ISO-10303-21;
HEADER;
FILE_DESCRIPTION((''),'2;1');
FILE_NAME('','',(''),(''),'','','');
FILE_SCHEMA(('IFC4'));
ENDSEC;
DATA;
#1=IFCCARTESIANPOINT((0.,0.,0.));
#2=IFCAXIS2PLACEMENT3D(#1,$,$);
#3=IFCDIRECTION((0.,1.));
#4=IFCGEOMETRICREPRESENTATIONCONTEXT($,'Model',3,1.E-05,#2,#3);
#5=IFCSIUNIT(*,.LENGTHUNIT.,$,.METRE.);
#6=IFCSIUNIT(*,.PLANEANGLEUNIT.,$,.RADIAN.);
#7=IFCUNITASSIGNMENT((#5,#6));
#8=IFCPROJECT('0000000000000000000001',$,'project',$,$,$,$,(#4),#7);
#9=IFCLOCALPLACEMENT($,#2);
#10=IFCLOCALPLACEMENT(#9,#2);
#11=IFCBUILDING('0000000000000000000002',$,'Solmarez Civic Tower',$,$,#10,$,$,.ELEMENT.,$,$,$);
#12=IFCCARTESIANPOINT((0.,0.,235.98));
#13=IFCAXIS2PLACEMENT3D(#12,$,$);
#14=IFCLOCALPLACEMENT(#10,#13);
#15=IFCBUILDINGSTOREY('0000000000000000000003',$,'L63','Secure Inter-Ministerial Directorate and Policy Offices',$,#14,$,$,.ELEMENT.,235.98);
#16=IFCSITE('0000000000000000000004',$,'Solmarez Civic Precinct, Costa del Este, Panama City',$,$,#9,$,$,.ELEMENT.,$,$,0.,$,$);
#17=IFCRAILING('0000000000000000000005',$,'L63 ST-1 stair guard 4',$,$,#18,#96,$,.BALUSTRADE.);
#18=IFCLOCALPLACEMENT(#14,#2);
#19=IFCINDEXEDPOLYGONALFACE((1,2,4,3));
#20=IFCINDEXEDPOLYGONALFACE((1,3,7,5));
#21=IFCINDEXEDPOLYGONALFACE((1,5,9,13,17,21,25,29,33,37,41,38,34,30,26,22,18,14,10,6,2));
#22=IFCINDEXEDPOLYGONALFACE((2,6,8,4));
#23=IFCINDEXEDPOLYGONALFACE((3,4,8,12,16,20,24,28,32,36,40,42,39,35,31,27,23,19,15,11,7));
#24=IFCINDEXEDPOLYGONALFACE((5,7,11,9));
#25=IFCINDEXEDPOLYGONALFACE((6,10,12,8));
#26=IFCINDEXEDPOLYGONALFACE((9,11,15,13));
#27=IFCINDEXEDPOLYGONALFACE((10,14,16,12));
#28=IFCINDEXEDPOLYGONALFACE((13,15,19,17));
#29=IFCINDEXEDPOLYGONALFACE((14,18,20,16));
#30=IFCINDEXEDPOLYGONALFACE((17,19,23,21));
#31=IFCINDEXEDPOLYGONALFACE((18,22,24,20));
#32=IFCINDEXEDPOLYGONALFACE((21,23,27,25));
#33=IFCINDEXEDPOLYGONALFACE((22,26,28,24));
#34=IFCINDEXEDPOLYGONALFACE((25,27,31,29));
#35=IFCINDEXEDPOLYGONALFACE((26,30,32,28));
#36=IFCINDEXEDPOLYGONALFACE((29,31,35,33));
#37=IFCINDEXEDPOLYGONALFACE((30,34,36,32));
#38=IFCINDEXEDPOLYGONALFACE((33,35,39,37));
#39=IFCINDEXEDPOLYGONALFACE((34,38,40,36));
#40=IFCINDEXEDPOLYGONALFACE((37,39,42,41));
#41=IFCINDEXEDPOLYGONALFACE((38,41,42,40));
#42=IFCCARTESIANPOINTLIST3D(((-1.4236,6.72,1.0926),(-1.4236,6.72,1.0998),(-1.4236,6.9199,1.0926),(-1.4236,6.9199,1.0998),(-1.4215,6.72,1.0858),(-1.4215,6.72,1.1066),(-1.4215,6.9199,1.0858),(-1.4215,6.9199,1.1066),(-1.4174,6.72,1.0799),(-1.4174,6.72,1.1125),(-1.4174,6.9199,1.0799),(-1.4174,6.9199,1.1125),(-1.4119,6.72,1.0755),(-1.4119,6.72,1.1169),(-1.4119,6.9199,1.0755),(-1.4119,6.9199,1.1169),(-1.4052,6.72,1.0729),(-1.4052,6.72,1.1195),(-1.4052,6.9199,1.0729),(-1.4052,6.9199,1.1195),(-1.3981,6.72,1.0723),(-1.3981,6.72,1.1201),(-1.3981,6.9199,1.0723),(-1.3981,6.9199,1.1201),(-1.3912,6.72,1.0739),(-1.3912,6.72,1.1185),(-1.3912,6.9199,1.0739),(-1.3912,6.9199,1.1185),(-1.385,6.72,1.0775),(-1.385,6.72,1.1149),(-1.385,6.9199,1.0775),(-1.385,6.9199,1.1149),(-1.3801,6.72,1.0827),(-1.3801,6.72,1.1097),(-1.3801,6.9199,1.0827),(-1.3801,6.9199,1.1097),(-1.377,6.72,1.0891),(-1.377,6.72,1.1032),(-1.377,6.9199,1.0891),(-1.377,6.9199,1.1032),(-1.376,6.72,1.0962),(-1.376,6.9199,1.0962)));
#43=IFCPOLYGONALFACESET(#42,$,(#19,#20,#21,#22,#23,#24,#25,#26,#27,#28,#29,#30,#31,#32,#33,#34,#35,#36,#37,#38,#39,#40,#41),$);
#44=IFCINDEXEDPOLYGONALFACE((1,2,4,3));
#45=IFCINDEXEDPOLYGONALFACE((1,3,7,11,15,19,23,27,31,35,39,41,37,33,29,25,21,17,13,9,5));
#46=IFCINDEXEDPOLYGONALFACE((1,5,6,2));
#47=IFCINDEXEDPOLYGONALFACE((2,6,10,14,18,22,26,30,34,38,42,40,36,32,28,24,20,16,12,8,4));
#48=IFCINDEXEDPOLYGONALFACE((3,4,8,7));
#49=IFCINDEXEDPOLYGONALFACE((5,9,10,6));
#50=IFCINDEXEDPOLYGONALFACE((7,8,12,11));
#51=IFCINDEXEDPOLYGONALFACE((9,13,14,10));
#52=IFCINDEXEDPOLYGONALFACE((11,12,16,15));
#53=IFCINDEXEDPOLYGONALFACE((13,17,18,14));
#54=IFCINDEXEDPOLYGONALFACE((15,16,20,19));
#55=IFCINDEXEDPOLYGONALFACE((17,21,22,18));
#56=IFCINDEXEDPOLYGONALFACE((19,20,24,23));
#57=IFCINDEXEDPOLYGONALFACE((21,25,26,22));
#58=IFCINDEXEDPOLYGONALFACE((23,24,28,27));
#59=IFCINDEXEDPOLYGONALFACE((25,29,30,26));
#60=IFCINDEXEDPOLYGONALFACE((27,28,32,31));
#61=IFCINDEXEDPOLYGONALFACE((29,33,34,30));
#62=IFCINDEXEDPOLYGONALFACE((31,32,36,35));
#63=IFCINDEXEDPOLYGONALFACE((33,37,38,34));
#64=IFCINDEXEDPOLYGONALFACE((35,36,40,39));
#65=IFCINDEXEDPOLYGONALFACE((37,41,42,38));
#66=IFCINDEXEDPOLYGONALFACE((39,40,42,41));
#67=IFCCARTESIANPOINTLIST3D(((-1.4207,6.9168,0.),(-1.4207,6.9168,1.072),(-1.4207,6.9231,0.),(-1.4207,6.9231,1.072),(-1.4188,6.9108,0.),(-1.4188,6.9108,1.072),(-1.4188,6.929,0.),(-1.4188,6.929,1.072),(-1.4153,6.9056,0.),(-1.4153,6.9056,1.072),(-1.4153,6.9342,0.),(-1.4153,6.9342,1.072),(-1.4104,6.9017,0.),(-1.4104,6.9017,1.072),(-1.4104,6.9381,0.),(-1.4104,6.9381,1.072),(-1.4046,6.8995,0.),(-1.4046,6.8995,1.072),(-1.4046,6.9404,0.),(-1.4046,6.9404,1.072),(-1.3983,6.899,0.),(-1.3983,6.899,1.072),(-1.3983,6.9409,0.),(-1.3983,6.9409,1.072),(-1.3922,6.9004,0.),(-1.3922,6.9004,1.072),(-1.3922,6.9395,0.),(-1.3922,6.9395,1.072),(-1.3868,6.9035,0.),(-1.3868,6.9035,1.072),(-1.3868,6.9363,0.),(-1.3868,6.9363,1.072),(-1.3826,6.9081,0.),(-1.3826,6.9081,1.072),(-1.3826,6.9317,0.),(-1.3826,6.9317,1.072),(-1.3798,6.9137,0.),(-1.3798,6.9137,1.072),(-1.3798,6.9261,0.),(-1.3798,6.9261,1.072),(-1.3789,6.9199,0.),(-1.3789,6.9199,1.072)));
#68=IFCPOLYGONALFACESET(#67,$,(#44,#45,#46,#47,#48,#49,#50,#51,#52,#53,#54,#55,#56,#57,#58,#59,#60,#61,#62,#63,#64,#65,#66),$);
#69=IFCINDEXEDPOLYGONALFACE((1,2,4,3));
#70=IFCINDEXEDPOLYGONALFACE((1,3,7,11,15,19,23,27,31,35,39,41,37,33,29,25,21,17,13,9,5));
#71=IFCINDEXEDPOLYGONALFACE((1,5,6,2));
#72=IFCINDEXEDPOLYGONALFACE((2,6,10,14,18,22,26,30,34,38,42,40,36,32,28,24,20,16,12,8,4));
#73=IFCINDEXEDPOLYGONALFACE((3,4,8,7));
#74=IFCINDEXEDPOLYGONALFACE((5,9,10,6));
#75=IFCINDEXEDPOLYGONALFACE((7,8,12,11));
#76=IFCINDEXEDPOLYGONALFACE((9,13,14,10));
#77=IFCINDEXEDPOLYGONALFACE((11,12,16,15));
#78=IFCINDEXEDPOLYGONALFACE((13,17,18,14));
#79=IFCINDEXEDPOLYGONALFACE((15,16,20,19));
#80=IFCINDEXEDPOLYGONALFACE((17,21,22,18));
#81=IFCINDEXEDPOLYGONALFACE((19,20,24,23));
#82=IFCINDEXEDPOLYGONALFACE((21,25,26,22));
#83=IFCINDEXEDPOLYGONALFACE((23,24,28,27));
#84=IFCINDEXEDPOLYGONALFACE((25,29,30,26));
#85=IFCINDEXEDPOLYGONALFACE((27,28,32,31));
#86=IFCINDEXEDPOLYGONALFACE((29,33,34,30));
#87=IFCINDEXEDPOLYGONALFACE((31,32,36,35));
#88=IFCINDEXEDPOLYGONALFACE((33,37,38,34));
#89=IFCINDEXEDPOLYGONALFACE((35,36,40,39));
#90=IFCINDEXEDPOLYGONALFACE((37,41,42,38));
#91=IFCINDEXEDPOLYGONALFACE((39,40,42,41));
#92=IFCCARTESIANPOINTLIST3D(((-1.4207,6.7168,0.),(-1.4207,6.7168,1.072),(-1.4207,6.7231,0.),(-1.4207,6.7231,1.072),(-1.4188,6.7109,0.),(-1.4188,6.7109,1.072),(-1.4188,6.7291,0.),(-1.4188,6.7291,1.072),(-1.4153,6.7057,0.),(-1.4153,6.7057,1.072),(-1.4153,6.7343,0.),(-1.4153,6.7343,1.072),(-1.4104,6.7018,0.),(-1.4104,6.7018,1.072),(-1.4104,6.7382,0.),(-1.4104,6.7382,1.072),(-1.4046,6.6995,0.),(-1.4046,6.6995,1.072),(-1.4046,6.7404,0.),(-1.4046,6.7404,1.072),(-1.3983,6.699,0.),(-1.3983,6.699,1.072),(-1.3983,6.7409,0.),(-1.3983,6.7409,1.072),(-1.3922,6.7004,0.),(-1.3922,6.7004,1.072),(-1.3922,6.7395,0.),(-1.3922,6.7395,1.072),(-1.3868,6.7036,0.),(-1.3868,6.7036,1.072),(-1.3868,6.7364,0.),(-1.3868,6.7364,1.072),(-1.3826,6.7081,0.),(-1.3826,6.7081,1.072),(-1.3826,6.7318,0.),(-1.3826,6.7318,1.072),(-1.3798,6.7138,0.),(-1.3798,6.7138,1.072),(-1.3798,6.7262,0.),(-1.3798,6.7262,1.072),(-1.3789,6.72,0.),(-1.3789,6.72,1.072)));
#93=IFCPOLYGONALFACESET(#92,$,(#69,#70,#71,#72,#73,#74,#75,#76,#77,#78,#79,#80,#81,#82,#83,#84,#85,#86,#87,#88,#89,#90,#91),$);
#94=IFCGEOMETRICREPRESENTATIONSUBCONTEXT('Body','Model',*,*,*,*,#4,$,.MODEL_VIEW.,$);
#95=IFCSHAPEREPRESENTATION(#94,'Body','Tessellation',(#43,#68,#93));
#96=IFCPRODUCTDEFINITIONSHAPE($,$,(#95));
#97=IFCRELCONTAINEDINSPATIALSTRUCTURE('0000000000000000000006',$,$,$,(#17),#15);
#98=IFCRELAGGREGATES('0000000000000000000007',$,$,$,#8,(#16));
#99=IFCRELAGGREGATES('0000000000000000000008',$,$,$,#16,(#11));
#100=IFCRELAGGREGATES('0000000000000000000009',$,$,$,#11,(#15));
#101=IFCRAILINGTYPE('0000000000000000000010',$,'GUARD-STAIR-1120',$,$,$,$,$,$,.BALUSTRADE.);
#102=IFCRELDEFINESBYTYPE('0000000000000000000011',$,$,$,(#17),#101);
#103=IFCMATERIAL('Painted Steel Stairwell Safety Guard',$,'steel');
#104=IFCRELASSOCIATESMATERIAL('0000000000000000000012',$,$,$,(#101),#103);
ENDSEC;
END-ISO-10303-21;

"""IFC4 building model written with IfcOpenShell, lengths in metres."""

from ifc_helpers import new_model, si_unit, direction, frame, origin, origin_2d, place, context, subcontext, project, spatial, circle, extrude, material, type_object, element, save


model = new_model("IFC4")

# Units and contexts
model_context = context("Model", 3, precision=1e-05, world=origin(), true_north=direction((0.0, 1.0)))
body_context = subcontext(model_context, "Body", "Model", "MODEL_VIEW")
ifc_project = project(units=[si_unit("LENGTHUNIT", "METRE"), si_unit("PLANEANGLEUNIT", "RADIAN")], contexts=[model_context])

# Site, building, storey
site_placement = place(None, origin())
site = spatial("IfcSite", under=ifc_project, at=site_placement, Name="Solmarez Civic Precinct, Costa del Este, Panama City", CompositionType="ELEMENT", RefElevation=0.0)
building_placement = place(site_placement, origin())
building = spatial("IfcBuilding", under=site, at=building_placement, Name="Solmarez Civic Tower", CompositionType="ELEMENT")
storey_placement = place(building_placement, frame((0.0, 0.0, 235.98)))
storey = spatial("IfcBuildingStorey", under=building, at=storey_placement, Name="L63", Description="Secure Inter-Ministerial Directorate and Policy Offices", CompositionType="ELEMENT", Elevation=235.98)

# Railing
ifc_material_1 = material(Name="Painted Steel Stairwell Safety Guard", Category="steel")
railing_type_1 = type_object("IfcRailingType", Name="GUARD-STAIR-1120", PredefinedType="BALUSTRADE", material=ifc_material_1)
railing_1_placement = place(storey_placement, frame((-1.3999, 6.9199, 0.0)))
element("IfcRailing", 1, at=railing_1_placement, inside=storey, type_object=railing_type_1, Name="L63 ST-1 stair guard 4", PredefinedType="BALUSTRADE", context=body_context, shape_type="SweptSolid", body=[
    extrude(circle(Radius=0.0239, at=origin_2d()), frame((0.0, 0.0, 1.0962), z_axis=(0.0, -1.0, 0.0), x_axis=(1.0, 0.0, 0.0)), (0.0, 0.0, 1.0), 0.2),
    extrude(circle(Radius=0.021, at=origin_2d()), origin(), (0.0, 0.0, 1.0), 1.072),
    extrude(circle(Radius=0.021, at=origin_2d()), frame((0.0, -0.2, 0.0)), (0.0, 0.0, 1.0), 1.072),
])

save(model, "model.ifc")
